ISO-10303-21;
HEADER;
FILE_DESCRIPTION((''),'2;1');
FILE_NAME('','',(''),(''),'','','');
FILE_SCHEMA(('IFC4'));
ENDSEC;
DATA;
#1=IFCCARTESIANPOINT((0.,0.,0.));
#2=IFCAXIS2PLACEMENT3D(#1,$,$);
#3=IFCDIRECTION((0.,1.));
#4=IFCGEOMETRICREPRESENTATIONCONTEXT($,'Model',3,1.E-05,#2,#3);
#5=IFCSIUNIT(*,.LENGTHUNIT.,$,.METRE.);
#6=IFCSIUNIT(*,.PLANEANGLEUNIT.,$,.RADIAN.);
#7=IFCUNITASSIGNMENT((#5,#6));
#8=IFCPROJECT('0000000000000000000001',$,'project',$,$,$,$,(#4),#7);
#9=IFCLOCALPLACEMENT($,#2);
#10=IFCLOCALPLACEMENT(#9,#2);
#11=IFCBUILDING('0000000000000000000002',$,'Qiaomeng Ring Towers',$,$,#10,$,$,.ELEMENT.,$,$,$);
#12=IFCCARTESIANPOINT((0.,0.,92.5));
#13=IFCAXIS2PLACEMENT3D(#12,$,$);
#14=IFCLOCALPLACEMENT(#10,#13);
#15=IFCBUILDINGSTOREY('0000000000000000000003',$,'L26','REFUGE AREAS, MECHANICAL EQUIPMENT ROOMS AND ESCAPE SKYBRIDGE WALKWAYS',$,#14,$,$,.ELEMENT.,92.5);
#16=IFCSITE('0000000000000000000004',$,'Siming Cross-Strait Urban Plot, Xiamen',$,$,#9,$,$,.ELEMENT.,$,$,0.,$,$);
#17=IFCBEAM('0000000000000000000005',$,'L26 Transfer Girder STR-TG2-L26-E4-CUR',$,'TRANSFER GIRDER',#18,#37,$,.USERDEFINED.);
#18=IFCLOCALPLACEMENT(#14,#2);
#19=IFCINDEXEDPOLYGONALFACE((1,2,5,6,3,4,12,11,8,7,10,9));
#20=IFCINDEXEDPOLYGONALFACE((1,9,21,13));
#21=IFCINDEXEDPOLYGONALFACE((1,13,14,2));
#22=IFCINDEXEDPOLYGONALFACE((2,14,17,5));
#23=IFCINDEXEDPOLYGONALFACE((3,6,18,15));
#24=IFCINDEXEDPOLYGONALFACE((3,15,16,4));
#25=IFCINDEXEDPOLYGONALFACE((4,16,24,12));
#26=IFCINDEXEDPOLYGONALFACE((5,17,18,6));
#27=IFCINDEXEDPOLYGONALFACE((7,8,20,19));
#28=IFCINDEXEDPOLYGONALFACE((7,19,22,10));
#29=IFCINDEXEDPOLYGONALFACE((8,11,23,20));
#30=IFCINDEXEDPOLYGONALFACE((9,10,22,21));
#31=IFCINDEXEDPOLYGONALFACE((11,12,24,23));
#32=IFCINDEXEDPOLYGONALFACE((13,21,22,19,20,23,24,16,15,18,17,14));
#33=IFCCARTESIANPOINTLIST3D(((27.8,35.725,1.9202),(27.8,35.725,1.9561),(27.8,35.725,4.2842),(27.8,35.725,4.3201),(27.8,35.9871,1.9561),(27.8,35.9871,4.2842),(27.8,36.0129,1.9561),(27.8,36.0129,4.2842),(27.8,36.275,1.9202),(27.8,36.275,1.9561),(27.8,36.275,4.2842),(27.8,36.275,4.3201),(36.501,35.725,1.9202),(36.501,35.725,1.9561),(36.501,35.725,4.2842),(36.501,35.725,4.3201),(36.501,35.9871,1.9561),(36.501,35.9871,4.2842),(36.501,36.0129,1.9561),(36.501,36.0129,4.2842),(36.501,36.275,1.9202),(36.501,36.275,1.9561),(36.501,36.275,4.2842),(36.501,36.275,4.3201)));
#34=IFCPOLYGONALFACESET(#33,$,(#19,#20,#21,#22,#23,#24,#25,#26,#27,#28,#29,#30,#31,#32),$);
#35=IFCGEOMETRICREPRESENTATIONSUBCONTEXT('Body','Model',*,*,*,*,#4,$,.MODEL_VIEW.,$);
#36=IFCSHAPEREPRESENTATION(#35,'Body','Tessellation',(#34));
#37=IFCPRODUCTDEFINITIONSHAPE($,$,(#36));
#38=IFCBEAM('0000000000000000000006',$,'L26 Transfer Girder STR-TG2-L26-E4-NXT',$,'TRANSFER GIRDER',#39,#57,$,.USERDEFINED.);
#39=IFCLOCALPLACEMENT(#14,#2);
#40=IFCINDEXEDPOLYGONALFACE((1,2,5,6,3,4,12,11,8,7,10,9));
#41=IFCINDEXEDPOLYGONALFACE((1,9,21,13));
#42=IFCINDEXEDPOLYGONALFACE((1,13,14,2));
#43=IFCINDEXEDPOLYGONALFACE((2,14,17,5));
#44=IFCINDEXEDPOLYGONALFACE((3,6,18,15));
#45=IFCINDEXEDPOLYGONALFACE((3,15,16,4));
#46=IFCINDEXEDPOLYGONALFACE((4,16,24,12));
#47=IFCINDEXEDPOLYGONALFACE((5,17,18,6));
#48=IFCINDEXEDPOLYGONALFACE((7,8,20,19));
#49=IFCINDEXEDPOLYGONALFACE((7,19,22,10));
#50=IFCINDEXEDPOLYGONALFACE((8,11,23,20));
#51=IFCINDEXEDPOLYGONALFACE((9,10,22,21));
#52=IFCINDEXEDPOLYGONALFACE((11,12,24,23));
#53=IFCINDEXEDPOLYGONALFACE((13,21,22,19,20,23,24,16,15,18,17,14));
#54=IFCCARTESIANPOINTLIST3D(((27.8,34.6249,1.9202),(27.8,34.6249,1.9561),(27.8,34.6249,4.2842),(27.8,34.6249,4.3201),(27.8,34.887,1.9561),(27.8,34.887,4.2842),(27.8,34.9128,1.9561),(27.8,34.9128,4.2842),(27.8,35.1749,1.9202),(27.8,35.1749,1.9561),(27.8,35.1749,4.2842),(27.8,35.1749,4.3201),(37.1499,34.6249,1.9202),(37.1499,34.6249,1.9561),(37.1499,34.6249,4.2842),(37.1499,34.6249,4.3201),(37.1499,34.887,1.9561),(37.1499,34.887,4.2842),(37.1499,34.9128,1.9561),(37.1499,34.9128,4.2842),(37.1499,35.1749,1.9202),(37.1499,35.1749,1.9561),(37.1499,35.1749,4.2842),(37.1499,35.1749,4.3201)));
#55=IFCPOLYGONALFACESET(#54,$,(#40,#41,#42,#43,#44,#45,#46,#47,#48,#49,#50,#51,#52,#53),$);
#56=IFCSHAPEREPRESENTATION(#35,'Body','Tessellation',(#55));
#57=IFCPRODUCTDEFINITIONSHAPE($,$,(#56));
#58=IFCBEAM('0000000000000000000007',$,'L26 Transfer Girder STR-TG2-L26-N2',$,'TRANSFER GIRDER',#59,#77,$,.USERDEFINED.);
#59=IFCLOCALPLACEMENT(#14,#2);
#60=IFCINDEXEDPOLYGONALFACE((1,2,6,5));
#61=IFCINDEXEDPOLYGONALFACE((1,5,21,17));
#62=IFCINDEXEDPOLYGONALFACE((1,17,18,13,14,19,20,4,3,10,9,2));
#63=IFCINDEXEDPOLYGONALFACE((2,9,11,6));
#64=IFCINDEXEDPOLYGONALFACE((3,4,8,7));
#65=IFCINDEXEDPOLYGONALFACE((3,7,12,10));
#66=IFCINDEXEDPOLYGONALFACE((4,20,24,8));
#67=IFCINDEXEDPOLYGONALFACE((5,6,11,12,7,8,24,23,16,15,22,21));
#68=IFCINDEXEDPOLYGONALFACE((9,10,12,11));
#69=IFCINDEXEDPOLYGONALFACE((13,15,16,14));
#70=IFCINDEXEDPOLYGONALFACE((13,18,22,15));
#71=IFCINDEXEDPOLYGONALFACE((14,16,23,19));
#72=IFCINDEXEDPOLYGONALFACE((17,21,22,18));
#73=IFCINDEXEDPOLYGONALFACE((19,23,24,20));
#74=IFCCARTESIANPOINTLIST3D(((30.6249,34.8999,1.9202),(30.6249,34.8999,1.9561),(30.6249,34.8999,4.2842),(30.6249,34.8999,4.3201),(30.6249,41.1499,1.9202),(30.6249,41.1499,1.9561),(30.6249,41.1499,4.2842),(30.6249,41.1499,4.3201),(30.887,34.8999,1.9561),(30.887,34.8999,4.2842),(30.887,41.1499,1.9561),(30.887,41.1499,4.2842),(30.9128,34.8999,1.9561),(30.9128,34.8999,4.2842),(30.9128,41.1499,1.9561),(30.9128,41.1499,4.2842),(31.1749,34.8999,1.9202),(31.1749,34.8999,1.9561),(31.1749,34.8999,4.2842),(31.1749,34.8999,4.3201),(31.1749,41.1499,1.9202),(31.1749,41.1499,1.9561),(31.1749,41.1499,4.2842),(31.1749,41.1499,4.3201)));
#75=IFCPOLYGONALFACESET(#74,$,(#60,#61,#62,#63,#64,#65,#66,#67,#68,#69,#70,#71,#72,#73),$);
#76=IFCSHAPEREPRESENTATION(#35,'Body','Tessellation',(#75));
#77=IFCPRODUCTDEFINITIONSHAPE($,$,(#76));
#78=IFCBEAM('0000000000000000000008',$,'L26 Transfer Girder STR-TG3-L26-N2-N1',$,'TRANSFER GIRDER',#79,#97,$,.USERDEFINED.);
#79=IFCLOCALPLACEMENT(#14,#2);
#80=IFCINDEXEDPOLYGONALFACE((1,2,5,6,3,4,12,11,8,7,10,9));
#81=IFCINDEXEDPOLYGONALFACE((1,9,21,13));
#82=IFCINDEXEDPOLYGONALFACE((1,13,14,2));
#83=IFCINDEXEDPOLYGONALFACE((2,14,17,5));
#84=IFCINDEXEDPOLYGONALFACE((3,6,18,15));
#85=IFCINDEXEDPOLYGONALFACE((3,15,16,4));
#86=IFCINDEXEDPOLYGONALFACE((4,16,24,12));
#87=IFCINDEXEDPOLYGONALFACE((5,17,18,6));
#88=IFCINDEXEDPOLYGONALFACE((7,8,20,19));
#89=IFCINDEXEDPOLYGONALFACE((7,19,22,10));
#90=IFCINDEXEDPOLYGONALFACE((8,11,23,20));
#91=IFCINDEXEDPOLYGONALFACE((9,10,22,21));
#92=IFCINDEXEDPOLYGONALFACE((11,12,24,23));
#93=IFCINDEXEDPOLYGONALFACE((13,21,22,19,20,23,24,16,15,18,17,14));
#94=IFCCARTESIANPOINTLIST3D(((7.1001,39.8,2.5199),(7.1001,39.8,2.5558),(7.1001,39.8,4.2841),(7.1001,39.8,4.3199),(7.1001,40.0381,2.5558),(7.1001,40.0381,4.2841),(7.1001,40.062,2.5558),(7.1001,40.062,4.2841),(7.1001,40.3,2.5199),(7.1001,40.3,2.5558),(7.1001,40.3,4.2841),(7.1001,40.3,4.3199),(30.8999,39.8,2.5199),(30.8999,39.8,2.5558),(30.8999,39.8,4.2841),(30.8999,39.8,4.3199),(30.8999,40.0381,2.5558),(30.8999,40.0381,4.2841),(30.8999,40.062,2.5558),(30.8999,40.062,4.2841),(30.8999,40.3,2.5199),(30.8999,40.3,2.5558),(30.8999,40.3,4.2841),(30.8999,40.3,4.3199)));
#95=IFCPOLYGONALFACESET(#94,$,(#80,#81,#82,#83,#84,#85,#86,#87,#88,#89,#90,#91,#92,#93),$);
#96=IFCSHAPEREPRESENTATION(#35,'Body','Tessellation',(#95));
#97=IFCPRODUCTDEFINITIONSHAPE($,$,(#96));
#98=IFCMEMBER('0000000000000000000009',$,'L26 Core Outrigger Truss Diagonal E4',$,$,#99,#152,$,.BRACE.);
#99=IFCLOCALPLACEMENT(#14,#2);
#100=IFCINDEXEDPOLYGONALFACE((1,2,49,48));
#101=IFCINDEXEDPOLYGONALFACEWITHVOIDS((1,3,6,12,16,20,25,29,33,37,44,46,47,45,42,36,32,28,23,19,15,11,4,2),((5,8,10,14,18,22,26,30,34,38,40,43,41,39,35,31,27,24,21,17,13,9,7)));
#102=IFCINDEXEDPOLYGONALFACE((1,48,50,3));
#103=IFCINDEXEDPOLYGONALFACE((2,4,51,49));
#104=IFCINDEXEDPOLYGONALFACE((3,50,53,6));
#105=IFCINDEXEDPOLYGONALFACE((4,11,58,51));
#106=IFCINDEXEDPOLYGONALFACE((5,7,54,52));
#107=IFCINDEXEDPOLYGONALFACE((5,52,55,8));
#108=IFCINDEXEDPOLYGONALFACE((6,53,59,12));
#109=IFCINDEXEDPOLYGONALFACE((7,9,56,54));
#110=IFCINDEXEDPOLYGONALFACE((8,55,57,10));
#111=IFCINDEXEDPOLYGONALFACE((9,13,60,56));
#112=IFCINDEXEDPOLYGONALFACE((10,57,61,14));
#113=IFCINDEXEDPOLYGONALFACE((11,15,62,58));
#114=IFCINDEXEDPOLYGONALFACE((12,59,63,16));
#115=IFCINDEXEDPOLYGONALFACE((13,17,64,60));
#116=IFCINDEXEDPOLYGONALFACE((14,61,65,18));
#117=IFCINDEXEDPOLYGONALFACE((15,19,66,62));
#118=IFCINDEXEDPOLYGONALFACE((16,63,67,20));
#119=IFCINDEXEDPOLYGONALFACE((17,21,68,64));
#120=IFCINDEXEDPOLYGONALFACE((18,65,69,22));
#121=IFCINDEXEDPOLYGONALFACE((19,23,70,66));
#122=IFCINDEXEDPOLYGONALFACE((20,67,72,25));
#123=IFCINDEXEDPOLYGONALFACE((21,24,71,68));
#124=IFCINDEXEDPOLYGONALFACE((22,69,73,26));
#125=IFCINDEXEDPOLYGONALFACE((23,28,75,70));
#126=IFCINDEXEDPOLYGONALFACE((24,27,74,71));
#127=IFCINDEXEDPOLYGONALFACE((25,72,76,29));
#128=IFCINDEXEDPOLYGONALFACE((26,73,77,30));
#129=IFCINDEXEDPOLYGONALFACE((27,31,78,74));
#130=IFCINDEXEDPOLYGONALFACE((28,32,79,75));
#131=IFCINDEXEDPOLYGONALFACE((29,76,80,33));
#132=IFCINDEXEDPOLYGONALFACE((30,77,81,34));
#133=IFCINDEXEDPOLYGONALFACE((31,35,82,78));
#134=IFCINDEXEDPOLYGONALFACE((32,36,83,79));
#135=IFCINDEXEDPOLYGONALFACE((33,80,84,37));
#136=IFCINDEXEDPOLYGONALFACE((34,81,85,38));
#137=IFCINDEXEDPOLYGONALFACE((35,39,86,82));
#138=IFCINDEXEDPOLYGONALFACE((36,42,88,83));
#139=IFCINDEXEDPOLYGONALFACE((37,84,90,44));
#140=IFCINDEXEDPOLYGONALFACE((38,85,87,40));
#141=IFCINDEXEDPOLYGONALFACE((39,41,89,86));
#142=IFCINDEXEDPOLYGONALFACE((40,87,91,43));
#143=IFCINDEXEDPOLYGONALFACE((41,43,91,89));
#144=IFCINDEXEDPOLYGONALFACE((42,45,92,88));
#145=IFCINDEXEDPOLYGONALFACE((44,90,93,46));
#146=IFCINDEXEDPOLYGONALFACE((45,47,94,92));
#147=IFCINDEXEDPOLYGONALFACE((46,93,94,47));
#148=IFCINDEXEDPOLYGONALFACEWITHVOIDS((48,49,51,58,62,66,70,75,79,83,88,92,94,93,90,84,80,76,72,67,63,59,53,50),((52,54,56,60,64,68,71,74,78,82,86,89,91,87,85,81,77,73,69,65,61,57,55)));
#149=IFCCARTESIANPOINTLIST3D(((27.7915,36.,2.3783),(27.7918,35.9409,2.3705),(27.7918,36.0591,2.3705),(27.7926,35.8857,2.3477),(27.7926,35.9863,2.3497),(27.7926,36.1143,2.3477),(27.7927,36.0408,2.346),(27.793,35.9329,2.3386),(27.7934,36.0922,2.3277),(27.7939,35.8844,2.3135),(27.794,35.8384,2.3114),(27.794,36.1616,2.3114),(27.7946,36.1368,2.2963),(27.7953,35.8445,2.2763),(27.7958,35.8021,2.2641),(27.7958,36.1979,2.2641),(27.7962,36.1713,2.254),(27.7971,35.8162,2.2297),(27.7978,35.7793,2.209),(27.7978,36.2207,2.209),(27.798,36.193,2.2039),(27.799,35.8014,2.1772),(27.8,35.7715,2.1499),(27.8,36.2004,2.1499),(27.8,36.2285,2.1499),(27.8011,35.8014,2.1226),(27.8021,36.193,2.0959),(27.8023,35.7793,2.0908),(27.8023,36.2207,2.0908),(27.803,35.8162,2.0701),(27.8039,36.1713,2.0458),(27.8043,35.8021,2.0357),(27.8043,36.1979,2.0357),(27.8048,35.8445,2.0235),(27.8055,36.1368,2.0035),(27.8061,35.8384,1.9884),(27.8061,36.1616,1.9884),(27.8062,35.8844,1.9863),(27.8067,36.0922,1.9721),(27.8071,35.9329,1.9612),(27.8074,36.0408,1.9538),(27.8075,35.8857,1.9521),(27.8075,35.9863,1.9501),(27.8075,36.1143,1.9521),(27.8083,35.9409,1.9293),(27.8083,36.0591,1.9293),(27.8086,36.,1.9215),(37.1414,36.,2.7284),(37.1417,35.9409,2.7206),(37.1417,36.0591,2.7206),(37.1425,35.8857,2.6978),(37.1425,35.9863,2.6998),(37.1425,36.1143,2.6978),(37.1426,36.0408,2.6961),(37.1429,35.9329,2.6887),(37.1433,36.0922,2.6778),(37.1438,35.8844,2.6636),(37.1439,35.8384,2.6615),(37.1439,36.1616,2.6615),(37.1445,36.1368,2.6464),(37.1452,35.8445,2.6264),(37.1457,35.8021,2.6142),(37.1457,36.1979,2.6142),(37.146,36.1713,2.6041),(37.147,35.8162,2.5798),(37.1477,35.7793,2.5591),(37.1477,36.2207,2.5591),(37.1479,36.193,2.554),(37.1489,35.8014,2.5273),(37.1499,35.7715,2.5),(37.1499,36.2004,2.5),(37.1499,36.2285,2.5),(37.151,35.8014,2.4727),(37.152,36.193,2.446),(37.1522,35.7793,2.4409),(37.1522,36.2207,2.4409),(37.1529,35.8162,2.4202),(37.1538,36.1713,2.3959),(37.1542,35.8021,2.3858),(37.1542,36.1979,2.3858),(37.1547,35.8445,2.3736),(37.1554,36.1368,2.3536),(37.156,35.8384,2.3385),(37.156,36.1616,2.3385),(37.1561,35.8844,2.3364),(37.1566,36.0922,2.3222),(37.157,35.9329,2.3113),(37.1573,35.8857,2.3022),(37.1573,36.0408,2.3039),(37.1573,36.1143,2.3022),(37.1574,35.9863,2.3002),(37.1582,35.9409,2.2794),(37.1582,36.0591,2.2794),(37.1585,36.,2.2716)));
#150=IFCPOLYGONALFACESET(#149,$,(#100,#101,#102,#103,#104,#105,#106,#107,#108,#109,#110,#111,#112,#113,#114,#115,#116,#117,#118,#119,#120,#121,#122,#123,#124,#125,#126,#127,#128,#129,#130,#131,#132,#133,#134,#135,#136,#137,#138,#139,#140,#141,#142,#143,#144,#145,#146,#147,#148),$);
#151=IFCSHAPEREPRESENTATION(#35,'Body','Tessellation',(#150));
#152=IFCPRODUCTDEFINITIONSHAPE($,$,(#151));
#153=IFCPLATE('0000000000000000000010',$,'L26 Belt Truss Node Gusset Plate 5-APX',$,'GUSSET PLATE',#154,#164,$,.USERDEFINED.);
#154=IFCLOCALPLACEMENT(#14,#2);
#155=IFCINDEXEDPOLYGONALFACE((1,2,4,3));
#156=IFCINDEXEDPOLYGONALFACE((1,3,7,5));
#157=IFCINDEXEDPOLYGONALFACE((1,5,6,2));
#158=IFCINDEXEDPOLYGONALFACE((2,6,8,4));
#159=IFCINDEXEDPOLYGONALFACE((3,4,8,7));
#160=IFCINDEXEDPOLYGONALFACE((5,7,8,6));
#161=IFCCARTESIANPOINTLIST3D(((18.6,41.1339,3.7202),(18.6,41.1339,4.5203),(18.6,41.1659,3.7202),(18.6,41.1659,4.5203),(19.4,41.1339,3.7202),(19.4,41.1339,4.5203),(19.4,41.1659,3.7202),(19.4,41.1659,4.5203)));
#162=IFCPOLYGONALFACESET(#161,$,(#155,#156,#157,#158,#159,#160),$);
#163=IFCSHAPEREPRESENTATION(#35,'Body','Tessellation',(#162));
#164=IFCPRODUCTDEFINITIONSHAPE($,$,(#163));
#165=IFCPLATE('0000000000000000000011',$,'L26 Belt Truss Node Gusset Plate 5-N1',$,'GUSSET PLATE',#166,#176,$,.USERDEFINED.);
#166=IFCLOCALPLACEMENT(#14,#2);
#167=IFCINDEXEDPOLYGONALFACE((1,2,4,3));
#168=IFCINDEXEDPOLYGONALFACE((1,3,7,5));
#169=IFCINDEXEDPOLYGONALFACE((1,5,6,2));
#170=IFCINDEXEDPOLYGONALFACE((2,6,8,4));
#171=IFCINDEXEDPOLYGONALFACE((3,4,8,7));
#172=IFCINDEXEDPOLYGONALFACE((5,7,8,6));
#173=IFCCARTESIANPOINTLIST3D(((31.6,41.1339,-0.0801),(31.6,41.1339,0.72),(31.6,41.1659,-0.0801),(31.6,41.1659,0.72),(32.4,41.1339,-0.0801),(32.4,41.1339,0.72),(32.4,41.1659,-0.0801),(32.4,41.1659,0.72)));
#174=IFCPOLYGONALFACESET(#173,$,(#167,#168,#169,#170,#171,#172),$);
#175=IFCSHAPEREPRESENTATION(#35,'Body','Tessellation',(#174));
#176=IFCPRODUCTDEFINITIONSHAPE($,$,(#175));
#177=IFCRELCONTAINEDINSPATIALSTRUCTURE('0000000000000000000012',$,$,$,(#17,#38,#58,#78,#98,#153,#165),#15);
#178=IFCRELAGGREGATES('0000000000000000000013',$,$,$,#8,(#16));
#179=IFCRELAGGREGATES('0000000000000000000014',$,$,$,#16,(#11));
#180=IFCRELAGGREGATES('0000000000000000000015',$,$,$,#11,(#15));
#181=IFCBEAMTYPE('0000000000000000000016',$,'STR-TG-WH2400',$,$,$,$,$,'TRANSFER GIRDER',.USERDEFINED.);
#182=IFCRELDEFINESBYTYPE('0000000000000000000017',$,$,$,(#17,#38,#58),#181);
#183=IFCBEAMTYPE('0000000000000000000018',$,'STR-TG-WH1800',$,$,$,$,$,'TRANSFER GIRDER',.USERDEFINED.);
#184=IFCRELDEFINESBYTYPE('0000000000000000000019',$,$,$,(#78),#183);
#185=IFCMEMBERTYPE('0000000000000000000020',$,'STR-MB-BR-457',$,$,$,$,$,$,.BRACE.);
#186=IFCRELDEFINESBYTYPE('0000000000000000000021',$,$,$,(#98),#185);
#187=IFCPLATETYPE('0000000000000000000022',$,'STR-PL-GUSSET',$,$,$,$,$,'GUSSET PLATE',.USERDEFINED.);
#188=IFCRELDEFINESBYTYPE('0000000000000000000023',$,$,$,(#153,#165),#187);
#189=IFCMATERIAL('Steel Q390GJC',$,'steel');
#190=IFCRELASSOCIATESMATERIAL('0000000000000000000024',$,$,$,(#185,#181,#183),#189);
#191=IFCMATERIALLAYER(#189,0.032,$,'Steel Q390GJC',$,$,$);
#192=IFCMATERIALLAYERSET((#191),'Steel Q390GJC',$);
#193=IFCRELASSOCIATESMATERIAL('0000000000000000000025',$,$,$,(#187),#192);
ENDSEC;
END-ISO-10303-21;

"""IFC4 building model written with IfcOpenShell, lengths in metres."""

from ifc_helpers import new_model, si_unit, direction, frame, origin, origin_2d, place, context, subcontext, project, spatial, rectangle, hollow_circle, i_section, extrude, source, transform, mapped, material, layer, layer_set, material_profile, profile_set, type_object, element, save


model = new_model("IFC4")

# Units and contexts
model_context = context("Model", 3, precision=1e-05, world=origin(), true_north=direction((0.0, 1.0)))
body_context = subcontext(model_context, "Body", "Model", "MODEL_VIEW")
ifc_project = project(units=[si_unit("LENGTHUNIT", "METRE"), si_unit("PLANEANGLEUNIT", "RADIAN")], contexts=[model_context])

# Site, building, storey
site_placement = place(None, origin())
site = spatial("IfcSite", under=ifc_project, at=site_placement, Name="Siming Cross-Strait Urban Plot, Xiamen", CompositionType="ELEMENT", RefElevation=0.0)
building_placement = place(site_placement, origin())
building = spatial("IfcBuilding", under=site, at=building_placement, Name="Qiaomeng Ring Towers", CompositionType="ELEMENT")
storey_placement = place(building_placement, frame((0.0, 0.0, 92.5)))
storey = spatial("IfcBuildingStorey", under=building, at=storey_placement, Name="L26", Description="REFUGE AREAS, MECHANICAL EQUIPMENT ROOMS AND ESCAPE SKYBRIDGE WALKWAYS", CompositionType="ELEMENT", Elevation=92.5)

# Shared definitions
ifc_material_1 = material(Name="Steel Q390GJC", Category="steel")
ifc_material_profile_1 = material_profile(ifc_material_1, hollow_circle(Radius=0.2285, WallThickness=0.0281, at=origin_2d()), Name="CHS 457x28")
ifc_profile_set_1 = profile_set([ifc_material_profile_1], Name="Steel Q390GJC")
member_type_1 = type_object("IfcMemberType", Name="STR-MB-BR-457", PredefinedType="BRACE", material=ifc_profile_set_1)

# Beams
ifc_material_profile_2 = material_profile(ifc_material_1, i_section(OverallWidth=0.55, OverallDepth=2.3999, WebThickness=0.0259, FlangeThickness=0.0359, at=origin_2d()), Name="WH 2400x550x26x36")
ifc_profile_set_2 = profile_set([ifc_material_profile_2], Name="Steel Q390GJC")
beam_type_1 = type_object("IfcBeamType", Name="STR-TG-WH2400", ElementType="TRANSFER GIRDER", PredefinedType="USERDEFINED", material=ifc_profile_set_2)
shared_shape_1 = source(origin(), body_context, "Body", "SweptSolid", [
    extrude(i_section(OverallWidth=0.55, OverallDepth=2.3999, WebThickness=0.0259, FlangeThickness=0.0359, at=origin_2d()), origin(), (0.0, 0.0, 1.0), 8.7009),
])
beam_1_placement = place(storey_placement, frame((27.8, 36.0, 3.1201), z_axis=(1.0, 0.0, 0.0), x_axis=(0.0, 1.0, 0.0)))
element("IfcBeam", 1, at=beam_1_placement, inside=storey, type_object=beam_type_1, Name="L26 Transfer Girder STR-TG2-L26-E4-CUR", ObjectType="TRANSFER GIRDER", PredefinedType="USERDEFINED", context=body_context, shape_type="MappedRepresentation", body=[
    mapped(shared_shape_1, transform((0.0, 0.0, 0.0), x_axis=(1.0, 0.0, 0.0), y_axis=(0.0, 1.0, 0.0), z_axis=(0.0, 0.0, 1.0), scale=1.0)),
])
shared_shape_2 = source(origin(), body_context, "Body", "SweptSolid", [
    extrude(i_section(OverallWidth=0.55, OverallDepth=2.3999, WebThickness=0.0259, FlangeThickness=0.0359, at=origin_2d()), origin(), (0.0, 0.0, 1.0), 9.3499),
])
beam_2_placement = place(storey_placement, frame((27.8, 34.8999, 3.1201), z_axis=(1.0, 0.0, 0.0), x_axis=(0.0, 1.0, 0.0)))
element("IfcBeam", 2, at=beam_2_placement, inside=storey, type_object=beam_type_1, Name="L26 Transfer Girder STR-TG2-L26-E4-NXT", ObjectType="TRANSFER GIRDER", PredefinedType="USERDEFINED", context=body_context, shape_type="MappedRepresentation", body=[
    mapped(shared_shape_2, transform((0.0, 0.0, 0.0), x_axis=(1.0, 0.0, 0.0), y_axis=(0.0, 1.0, 0.0), z_axis=(0.0, 0.0, 1.0), scale=1.0)),
])
shared_shape_3 = source(origin(), body_context, "Body", "SweptSolid", [
    extrude(i_section(OverallWidth=0.55, OverallDepth=2.3999, WebThickness=0.0259, FlangeThickness=0.0359, at=origin_2d()), origin(), (0.0, 0.0, 1.0), 6.25),
])
beam_3_placement = place(storey_placement, frame((30.8999, 41.1499, 3.1201), z_axis=(0.0, -1.0, 0.0), x_axis=(1.0, 0.0, 0.0)))
element("IfcBeam", 3, at=beam_3_placement, inside=storey, type_object=beam_type_1, Name="L26 Transfer Girder STR-TG2-L26-N2", ObjectType="TRANSFER GIRDER", PredefinedType="USERDEFINED", context=body_context, shape_type="MappedRepresentation", body=[
    mapped(shared_shape_3, transform((0.0, 0.0, 0.0), x_axis=(1.0, 0.0, 0.0), y_axis=(0.0, 1.0, 0.0), z_axis=(0.0, 0.0, 1.0), scale=1.0)),
])
ifc_material_profile_3 = material_profile(ifc_material_1, i_section(OverallWidth=0.5, OverallDepth=1.8, WebThickness=0.0239, FlangeThickness=0.0359, at=origin_2d()), Name="WH 1800x500x24x36")
ifc_profile_set_3 = profile_set([ifc_material_profile_3], Name="Steel Q390GJC")
beam_type_2 = type_object("IfcBeamType", Name="STR-TG-WH1800", ElementType="TRANSFER GIRDER", PredefinedType="USERDEFINED", material=ifc_profile_set_3)
shared_shape_4 = source(origin(), body_context, "Body", "SweptSolid", [
    extrude(i_section(OverallWidth=0.5, OverallDepth=1.8, WebThickness=0.0239, FlangeThickness=0.0359, at=origin_2d()), origin(), (0.0, 0.0, 1.0), 23.7998),
])
beam_4_placement = place(storey_placement, frame((30.8999, 40.05, 3.4199), z_axis=(-1.0, 0.0, 0.0), x_axis=(0.0, -1.0, 0.0)))
element("IfcBeam", 4, at=beam_4_placement, inside=storey, type_object=beam_type_2, Name="L26 Transfer Girder STR-TG3-L26-N2-N1", ObjectType="TRANSFER GIRDER", PredefinedType="USERDEFINED", context=body_context, shape_type="MappedRepresentation", body=[
    mapped(shared_shape_4, transform((0.0, 0.0, 0.0), x_axis=(1.0, 0.0, 0.0), y_axis=(0.0, 1.0, 0.0), z_axis=(0.0, 0.0, 1.0), scale=1.0)),
])

# Member
shared_shape_5 = source(origin(), body_context, "Body", "SweptSolid", [
    extrude(hollow_circle(Radius=0.2285, WallThickness=0.0281, at=origin_2d()), origin(), (0.0, 0.0, 1.0), 9.3564),
])
member_1_placement = place(storey_placement, frame((27.8, 36.0, 2.1499), z_axis=(0.9993, 0.0, 0.037418), x_axis=(0.0, 1.0, 0.0)))
element("IfcMember", 5, at=member_1_placement, inside=storey, type_object=member_type_1, Name="L26 Core Outrigger Truss Diagonal E4", PredefinedType="BRACE", context=body_context, shape_type="MappedRepresentation", body=[
    mapped(shared_shape_5, transform((0.0, 0.0, 0.0), x_axis=(1.0, 0.0, 0.0), y_axis=(0.0, 1.0, 0.0), z_axis=(0.0, 0.0, 1.0), scale=1.0)),
])

# Plates
ifc_layer_1 = layer(ifc_material_1, 0.032, Name="Steel Q390GJC")
ifc_layer_set_1 = layer_set([ifc_layer_1], Name="Steel Q390GJC")
plate_type_1 = type_object("IfcPlateType", Name="STR-PL-GUSSET", ElementType="GUSSET PLATE", PredefinedType="USERDEFINED", material=ifc_layer_set_1)
shared_shape_6 = source(origin(), body_context, "Body", "SweptSolid", [
    extrude(rectangle(XDim=0.8, YDim=0.032, at=origin_2d()), origin(), (0.0, 0.0, 1.0), 0.8),
])
for number, where, z_axis, x_axis, name in (
    (6, (19.0, 41.1499, 3.7202), (0.0, 0.0, 1.0), (-1.0, 0.0, 0.0), "L26 Belt Truss Node Gusset Plate 5-APX"),
    (7, (32.0, 41.1499, -0.0801), (0.0, 0.0, 1.0), (-1.0, 0.0, 0.0), "L26 Belt Truss Node Gusset Plate 5-N1"),
):
    element("IfcPlate", number, at=place(storey_placement, frame(where, z_axis=z_axis, x_axis=x_axis)), inside=storey, type_object=plate_type_1, Name=name, ObjectType="GUSSET PLATE", PredefinedType="USERDEFINED", context=body_context, shape_type="MappedRepresentation", body=[
        mapped(shared_shape_6, transform((0.0, 0.0, 0.0), x_axis=(1.0, 0.0, 0.0), y_axis=(0.0, 1.0, 0.0), z_axis=(0.0, 0.0, 1.0), scale=1.0)),
    ])

save(model, "model.ifc")
